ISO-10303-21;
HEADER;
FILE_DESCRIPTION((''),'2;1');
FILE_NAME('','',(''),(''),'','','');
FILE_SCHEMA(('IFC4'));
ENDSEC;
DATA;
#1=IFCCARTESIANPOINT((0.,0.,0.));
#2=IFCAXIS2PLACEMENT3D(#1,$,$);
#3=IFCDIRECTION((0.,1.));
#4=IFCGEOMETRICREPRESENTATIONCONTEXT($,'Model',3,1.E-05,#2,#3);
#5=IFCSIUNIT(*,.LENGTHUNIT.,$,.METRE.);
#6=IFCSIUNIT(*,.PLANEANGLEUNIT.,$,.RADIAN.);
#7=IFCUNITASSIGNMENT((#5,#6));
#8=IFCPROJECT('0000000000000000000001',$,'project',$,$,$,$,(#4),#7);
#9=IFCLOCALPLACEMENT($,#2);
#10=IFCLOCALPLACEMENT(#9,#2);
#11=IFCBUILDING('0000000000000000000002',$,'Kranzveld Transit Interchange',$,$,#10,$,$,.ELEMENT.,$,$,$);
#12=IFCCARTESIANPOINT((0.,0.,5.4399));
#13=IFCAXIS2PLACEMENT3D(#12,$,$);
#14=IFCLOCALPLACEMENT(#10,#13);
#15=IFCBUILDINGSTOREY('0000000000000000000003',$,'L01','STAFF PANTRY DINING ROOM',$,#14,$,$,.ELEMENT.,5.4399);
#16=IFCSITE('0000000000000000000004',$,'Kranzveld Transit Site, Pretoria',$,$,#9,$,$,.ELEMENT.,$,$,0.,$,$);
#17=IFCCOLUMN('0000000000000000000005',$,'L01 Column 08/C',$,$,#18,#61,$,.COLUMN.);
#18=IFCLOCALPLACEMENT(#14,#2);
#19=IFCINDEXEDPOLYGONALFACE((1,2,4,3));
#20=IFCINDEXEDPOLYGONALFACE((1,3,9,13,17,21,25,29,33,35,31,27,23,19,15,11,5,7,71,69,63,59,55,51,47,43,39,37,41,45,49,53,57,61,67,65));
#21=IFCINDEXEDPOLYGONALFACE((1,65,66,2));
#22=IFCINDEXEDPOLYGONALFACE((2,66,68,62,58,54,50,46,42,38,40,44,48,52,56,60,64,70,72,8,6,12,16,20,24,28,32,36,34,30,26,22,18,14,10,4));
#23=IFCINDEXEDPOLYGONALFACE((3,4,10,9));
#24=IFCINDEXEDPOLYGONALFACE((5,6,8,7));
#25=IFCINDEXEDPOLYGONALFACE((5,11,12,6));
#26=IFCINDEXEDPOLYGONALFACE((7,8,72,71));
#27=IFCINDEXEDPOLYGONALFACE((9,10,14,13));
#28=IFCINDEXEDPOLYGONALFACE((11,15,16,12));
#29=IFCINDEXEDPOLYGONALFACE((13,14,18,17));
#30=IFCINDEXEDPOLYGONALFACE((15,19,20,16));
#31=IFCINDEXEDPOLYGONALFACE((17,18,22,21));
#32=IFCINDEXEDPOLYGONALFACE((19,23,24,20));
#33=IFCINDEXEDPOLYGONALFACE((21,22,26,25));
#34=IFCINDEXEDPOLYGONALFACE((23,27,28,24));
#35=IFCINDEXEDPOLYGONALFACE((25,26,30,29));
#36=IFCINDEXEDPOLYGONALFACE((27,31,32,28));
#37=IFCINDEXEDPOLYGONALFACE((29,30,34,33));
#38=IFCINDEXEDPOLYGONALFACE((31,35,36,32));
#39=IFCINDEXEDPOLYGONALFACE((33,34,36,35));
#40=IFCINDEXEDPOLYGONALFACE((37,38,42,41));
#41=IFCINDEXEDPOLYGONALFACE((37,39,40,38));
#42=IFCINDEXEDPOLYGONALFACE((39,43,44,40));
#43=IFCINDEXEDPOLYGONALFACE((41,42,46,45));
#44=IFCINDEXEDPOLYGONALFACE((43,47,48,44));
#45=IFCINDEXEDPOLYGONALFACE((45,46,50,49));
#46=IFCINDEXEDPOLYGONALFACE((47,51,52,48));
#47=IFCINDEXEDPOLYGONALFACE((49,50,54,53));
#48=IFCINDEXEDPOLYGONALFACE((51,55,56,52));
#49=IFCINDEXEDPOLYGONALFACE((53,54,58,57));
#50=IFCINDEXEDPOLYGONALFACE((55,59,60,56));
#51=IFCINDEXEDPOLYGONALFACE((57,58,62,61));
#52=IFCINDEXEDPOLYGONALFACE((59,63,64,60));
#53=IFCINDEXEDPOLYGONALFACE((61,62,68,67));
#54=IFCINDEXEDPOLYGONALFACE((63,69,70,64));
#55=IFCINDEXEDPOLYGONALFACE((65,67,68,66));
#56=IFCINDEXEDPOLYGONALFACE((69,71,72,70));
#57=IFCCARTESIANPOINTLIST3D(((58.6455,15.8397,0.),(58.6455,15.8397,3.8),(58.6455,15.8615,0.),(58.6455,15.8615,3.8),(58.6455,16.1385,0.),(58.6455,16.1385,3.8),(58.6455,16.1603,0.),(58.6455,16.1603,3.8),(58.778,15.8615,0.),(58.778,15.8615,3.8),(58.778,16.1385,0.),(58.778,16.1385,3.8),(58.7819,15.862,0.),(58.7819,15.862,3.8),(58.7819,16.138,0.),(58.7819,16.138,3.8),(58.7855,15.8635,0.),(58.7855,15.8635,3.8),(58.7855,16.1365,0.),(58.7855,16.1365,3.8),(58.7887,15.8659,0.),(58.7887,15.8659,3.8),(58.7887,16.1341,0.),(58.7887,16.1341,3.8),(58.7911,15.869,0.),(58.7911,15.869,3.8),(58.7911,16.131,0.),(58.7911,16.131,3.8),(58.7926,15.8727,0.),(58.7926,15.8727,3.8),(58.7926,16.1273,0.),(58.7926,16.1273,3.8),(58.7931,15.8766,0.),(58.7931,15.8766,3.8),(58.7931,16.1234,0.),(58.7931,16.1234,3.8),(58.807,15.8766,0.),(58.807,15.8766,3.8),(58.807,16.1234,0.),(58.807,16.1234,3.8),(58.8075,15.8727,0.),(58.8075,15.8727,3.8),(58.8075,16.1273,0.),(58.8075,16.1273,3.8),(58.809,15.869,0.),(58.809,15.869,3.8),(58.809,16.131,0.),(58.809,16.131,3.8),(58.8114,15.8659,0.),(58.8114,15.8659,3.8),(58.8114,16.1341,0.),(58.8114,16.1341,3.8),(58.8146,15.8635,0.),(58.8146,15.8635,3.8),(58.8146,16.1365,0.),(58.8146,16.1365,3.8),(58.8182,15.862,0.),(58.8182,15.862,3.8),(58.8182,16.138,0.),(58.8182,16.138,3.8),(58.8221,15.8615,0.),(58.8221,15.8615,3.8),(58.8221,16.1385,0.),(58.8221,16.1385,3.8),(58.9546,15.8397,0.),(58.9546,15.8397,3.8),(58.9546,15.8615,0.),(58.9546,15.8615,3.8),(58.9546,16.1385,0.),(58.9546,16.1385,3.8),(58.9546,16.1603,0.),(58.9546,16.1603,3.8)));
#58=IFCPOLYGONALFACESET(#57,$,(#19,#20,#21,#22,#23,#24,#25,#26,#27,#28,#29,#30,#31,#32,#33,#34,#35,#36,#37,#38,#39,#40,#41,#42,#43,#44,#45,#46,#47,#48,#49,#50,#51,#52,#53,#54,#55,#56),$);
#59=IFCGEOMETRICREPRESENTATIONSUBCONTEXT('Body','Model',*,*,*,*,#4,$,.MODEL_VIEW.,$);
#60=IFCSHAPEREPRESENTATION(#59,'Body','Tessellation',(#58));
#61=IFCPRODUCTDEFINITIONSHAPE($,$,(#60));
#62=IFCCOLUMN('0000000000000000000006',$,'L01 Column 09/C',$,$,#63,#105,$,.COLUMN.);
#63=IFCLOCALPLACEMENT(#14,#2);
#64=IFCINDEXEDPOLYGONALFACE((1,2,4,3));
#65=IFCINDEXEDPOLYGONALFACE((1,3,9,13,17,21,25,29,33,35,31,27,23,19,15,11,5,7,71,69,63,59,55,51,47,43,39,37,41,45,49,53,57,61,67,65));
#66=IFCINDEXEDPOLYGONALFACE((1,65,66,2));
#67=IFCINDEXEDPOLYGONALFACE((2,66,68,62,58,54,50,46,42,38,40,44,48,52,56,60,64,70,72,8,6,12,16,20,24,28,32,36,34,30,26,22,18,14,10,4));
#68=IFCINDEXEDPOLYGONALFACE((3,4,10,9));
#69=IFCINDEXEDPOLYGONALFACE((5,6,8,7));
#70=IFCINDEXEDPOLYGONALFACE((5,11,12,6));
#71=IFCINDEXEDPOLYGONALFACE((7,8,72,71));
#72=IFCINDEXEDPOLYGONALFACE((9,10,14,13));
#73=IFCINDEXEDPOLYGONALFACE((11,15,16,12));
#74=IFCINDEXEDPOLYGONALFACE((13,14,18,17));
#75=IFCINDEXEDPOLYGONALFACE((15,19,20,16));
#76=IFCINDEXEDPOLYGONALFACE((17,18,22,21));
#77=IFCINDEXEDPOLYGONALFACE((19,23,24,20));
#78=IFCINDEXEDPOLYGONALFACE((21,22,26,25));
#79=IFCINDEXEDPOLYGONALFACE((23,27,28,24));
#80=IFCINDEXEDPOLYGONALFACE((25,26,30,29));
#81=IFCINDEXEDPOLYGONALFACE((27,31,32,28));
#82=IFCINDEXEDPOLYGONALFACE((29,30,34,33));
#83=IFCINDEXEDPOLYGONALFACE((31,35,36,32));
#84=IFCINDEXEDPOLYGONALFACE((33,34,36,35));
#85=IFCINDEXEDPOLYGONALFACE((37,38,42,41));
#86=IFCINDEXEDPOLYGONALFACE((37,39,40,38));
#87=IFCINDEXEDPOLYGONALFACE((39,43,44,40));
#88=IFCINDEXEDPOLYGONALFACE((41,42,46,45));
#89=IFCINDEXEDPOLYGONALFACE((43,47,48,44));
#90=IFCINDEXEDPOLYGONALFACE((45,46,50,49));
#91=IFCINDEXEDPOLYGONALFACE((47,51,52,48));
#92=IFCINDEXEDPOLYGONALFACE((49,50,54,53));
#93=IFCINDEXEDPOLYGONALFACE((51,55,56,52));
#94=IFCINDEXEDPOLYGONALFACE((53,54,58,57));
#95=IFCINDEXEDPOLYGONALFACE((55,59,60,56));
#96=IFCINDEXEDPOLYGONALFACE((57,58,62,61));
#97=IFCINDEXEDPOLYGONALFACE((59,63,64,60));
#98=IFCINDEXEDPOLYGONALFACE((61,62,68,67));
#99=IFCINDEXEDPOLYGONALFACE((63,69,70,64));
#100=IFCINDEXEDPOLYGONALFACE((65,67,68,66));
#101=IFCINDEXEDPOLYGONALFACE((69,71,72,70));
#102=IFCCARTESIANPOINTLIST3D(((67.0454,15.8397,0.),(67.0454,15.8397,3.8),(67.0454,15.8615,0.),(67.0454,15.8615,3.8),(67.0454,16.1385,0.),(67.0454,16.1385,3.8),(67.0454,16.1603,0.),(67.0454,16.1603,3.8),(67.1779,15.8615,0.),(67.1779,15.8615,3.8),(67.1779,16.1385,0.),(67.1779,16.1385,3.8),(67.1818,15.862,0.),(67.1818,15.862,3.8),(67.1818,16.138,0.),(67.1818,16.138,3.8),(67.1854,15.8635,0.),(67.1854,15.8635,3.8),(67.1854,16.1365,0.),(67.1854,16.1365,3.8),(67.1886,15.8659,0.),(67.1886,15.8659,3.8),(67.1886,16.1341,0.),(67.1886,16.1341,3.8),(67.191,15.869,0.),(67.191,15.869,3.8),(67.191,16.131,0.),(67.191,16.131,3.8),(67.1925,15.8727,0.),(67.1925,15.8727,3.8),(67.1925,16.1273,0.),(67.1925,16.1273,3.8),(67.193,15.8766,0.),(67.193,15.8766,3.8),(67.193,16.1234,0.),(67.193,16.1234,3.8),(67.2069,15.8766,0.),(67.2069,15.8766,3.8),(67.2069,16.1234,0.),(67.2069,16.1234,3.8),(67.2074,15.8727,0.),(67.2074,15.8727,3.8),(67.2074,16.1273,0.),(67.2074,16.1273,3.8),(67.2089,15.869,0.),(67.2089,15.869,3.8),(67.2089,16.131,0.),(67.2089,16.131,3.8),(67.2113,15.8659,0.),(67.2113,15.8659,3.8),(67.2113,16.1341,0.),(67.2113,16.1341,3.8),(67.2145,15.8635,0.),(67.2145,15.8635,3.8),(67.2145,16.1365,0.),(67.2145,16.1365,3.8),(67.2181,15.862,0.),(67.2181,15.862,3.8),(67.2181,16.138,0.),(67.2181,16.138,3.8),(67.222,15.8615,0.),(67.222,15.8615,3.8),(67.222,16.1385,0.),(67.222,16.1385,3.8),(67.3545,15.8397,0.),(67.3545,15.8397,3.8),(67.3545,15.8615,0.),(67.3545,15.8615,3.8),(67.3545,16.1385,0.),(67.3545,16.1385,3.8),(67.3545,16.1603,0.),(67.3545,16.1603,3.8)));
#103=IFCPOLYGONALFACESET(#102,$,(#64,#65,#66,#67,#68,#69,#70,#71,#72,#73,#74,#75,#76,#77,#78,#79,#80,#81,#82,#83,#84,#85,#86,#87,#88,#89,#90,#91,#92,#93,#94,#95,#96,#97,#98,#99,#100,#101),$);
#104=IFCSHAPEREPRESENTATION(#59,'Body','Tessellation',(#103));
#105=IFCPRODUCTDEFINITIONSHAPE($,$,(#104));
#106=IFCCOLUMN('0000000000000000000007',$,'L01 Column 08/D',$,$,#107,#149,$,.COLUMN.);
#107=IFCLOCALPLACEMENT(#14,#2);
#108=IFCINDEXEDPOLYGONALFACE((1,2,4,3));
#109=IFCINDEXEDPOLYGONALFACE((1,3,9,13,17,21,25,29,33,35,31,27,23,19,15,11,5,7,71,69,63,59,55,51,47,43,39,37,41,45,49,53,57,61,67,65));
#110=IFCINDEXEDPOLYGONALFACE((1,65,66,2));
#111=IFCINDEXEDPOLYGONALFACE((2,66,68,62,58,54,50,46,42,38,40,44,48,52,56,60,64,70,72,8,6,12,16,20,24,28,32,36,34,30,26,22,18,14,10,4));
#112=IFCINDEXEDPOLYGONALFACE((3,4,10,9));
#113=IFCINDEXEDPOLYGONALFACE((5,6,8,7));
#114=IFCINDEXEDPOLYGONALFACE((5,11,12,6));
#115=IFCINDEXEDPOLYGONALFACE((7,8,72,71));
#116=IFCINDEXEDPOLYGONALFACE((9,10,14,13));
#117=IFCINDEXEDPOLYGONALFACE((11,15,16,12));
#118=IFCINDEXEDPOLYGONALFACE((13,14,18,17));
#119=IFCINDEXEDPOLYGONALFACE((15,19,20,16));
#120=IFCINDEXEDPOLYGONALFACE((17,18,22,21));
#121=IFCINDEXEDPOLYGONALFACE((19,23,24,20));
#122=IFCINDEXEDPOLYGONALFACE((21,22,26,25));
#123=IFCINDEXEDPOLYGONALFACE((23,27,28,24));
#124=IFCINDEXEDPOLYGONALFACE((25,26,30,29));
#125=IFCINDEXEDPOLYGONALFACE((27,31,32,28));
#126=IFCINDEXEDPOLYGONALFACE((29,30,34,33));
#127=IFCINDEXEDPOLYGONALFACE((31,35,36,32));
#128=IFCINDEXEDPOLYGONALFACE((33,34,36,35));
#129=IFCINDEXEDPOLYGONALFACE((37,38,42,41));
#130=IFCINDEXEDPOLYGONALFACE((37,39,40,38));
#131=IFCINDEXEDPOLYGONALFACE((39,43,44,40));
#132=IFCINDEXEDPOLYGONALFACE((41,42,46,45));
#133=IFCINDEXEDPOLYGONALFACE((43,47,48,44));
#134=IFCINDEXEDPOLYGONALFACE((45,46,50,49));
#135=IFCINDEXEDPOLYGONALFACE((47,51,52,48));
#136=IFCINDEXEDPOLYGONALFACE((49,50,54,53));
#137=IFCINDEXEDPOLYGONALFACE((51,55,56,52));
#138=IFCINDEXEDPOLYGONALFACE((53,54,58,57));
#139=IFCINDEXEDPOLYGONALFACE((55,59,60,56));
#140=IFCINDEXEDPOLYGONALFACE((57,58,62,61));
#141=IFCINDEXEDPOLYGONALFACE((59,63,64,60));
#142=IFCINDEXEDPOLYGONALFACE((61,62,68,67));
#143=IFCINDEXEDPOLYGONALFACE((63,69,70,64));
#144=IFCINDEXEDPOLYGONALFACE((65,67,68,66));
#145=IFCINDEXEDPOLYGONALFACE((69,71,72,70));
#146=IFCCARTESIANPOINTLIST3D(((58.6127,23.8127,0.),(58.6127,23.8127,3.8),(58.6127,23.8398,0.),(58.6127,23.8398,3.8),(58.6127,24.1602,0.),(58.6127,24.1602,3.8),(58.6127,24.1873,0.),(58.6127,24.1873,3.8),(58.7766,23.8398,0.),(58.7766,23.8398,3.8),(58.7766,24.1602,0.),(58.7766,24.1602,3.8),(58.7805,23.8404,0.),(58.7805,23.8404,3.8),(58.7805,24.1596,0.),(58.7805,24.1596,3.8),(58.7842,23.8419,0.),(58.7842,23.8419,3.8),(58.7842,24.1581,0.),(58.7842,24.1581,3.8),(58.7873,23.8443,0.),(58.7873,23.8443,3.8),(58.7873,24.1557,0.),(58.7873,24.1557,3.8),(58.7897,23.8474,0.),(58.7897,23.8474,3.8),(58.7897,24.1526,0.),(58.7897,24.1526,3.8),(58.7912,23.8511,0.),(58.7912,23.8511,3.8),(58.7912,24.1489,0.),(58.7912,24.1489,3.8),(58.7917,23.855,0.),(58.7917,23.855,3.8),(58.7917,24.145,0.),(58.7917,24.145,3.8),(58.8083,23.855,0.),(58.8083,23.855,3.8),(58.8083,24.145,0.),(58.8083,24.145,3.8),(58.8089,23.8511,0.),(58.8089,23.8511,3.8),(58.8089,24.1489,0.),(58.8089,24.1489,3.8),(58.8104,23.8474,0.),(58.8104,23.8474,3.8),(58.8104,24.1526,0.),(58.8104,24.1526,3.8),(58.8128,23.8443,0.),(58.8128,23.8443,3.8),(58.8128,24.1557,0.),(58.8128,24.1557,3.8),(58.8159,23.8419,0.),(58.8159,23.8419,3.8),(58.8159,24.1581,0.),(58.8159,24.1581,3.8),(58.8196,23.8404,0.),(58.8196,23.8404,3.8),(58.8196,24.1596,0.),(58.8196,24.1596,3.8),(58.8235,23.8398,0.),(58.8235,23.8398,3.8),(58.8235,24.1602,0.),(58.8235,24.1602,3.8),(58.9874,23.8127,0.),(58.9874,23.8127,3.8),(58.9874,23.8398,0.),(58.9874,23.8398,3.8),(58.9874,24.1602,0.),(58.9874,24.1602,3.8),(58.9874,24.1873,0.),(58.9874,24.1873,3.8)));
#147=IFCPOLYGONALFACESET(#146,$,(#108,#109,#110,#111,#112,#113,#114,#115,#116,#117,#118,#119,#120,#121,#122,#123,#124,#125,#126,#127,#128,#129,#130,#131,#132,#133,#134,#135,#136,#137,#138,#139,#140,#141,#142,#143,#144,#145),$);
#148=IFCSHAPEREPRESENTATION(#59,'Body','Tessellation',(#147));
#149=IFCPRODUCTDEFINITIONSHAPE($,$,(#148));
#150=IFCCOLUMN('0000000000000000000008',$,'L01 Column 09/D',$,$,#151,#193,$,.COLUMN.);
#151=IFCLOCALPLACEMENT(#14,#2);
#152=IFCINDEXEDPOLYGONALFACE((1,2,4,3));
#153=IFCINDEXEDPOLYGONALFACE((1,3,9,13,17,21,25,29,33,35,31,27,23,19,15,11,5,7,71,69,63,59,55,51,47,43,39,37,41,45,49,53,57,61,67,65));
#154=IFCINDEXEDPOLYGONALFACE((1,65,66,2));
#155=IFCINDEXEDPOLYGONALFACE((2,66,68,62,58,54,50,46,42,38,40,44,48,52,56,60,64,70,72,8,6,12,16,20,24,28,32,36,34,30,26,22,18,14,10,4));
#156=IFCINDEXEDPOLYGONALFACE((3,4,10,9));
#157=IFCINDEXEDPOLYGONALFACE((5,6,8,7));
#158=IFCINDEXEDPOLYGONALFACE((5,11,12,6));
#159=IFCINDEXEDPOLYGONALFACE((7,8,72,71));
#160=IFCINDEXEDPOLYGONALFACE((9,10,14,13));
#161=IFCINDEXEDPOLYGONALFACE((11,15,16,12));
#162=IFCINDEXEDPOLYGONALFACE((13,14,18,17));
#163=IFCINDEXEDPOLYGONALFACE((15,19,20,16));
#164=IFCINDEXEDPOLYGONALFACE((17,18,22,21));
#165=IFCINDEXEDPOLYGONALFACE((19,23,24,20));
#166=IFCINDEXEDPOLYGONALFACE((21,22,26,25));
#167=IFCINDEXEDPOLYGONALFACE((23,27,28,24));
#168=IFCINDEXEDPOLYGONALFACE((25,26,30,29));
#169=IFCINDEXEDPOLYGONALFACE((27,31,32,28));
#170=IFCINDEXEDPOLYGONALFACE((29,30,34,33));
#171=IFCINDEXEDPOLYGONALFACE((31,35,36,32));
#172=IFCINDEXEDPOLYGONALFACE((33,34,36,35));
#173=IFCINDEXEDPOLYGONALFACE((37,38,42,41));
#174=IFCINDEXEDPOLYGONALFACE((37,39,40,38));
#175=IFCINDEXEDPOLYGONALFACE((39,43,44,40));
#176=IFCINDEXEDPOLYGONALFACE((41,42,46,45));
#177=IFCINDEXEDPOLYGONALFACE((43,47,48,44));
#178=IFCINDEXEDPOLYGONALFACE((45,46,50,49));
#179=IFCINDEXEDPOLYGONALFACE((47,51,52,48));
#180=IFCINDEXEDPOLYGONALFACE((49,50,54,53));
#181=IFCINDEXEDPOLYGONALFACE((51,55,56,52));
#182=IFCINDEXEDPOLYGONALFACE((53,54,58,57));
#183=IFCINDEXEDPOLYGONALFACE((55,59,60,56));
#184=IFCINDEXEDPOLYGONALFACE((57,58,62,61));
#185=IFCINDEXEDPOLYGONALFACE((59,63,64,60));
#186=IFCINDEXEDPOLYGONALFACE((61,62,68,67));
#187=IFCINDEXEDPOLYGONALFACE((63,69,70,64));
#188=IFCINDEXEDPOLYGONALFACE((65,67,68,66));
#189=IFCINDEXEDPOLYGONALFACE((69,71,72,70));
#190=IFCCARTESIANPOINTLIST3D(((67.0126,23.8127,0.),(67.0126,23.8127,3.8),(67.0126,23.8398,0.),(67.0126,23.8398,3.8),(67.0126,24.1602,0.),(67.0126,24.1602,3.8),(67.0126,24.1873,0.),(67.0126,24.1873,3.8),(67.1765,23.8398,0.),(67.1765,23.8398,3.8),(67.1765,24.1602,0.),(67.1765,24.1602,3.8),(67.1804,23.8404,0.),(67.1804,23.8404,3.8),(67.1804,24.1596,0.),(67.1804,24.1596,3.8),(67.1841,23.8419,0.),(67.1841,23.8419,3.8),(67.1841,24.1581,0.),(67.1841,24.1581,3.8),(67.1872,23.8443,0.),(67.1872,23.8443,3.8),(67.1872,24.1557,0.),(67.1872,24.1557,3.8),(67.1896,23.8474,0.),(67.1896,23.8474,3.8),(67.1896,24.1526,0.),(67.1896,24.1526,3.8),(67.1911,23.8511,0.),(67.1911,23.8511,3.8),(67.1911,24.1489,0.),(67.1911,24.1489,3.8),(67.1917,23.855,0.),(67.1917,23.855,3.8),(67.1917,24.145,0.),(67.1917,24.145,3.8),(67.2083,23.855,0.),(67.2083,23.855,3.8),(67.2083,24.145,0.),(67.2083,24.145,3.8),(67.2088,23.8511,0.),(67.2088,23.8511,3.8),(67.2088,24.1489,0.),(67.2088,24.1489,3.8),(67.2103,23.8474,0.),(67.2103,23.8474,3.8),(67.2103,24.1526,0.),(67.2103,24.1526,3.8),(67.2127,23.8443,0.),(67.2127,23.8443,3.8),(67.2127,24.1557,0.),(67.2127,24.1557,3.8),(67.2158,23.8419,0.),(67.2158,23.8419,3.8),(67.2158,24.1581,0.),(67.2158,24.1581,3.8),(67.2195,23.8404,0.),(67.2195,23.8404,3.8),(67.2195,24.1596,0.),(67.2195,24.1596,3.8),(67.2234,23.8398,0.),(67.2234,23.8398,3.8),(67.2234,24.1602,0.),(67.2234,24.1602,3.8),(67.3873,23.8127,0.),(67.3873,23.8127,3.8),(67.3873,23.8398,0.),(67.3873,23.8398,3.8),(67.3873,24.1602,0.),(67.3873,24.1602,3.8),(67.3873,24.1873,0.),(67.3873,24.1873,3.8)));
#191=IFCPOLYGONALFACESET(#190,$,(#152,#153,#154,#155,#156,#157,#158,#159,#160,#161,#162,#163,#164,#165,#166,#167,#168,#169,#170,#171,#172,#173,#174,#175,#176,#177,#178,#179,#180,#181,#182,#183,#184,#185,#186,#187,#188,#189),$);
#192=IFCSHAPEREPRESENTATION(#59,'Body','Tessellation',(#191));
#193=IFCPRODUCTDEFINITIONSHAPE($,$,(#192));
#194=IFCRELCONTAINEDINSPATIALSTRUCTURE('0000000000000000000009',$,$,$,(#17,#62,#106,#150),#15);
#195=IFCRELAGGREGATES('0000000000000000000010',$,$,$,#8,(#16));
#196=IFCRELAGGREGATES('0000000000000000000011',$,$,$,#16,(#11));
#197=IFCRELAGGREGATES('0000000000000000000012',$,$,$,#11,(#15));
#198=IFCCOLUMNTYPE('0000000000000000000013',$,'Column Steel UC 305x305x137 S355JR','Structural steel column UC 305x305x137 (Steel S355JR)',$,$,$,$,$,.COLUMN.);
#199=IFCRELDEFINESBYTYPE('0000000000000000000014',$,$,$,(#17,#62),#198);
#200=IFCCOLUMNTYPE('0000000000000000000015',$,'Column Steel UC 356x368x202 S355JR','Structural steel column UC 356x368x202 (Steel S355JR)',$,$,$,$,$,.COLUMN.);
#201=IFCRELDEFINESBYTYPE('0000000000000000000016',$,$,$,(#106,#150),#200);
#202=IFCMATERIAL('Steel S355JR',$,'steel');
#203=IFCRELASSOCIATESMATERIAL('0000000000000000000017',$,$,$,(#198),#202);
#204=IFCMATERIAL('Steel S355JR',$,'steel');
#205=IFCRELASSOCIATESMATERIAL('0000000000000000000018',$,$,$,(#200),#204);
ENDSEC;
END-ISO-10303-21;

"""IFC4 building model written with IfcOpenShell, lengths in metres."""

from ifc_helpers import new_model, si_unit, direction, frame, origin, origin_2d, place, context, subcontext, project, spatial, i_section, extrude, material, material_profile, profile_set, type_object, element, save


model = new_model("IFC4")

# Units and contexts
model_context = context("Model", 3, precision=1e-05, world=origin(), true_north=direction((0.0, 1.0)))
body_context = subcontext(model_context, "Body", "Model", "MODEL_VIEW")
ifc_project = project(units=[si_unit("LENGTHUNIT", "METRE"), si_unit("PLANEANGLEUNIT", "RADIAN")], contexts=[model_context])

# Site, building, storey
site_placement = place(None, origin())
site = spatial("IfcSite", under=ifc_project, at=site_placement, Name="Kranzveld Transit Site, Pretoria", CompositionType="ELEMENT", RefElevation=0.0)
building_placement = place(site_placement, origin())
building = spatial("IfcBuilding", under=site, at=building_placement, Name="Kranzveld Transit Interchange", CompositionType="ELEMENT")
storey_placement = place(building_placement, frame((0.0, 0.0, 5.4399)))
storey = spatial("IfcBuildingStorey", under=building, at=storey_placement, Name="L01", Description="STAFF PANTRY DINING ROOM", CompositionType="ELEMENT", Elevation=5.4399)

# Columns
ifc_material_1 = material(Name="Steel S355JR", Category="steel")
ifc_material_profile_1 = material_profile(ifc_material_1, i_section(OverallWidth=0.3091, OverallDepth=0.3206, WebThickness=0.0139, FlangeThickness=0.0217, FilletRadius=0.0151, at=origin_2d()), Name="UC 305x305x137")
ifc_profile_set_1 = profile_set([ifc_material_profile_1], Name="Steel S355JR")
column_type_1 = type_object("IfcColumnType", Name="Column Steel UC 305x305x137 S355JR", Description="Structural steel column UC 305x305x137 (Steel S355JR)", PredefinedType="COLUMN", material=ifc_profile_set_1)
for number, where, z_axis, x_axis, name in (
    (1, (58.8, 16.0, 0.0), (0.0, 0.0, 1.0), (1.0, 0.0, 0.0), "L01 Column 08/C"),
    (2, (67.2, 16.0, 0.0), (0.0, 0.0, 1.0), (1.0, 0.0, 0.0), "L01 Column 09/C"),
):
    element("IfcColumn", number, at=place(storey_placement, frame(where, z_axis=z_axis, x_axis=x_axis)), inside=storey, type_object=column_type_1, Name=name, PredefinedType="COLUMN", context=body_context, shape_type="SweptSolid", body=[
        extrude(i_section(OverallWidth=0.3091, OverallDepth=0.3206, WebThickness=0.0139, FlangeThickness=0.0217, FilletRadius=0.0151, at=origin_2d()), origin(), (0.0, 0.0, 1.0), 3.8),
    ])
ifc_material_2 = material(Name="Steel S355JR", Category="steel")
ifc_material_profile_2 = material_profile(ifc_material_2, i_section(OverallWidth=0.3748, OverallDepth=0.3745, WebThickness=0.0166, FlangeThickness=0.0271, FilletRadius=0.0151, at=origin_2d()), Name="UC 356x368x202")
ifc_profile_set_2 = profile_set([ifc_material_profile_2], Name="Steel S355JR")
column_type_2 = type_object("IfcColumnType", Name="Column Steel UC 356x368x202 S355JR", Description="Structural steel column UC 356x368x202 (Steel S355JR)", PredefinedType="COLUMN", material=ifc_profile_set_2)
for number, where, z_axis, x_axis, name in (
    (3, (58.8, 24.0, 0.0), (0.0, 0.0, 1.0), (1.0, 0.0, 0.0), "L01 Column 08/D"),
    (4, (67.2, 24.0, 0.0), (0.0, 0.0, 1.0), (1.0, 0.0, 0.0), "L01 Column 09/D"),
):
    element("IfcColumn", number, at=place(storey_placement, frame(where, z_axis=z_axis, x_axis=x_axis)), inside=storey, type_object=column_type_2, Name=name, PredefinedType="COLUMN", context=body_context, shape_type="SweptSolid", body=[
        extrude(i_section(OverallWidth=0.3748, OverallDepth=0.3745, WebThickness=0.0166, FlangeThickness=0.0271, FilletRadius=0.0151, at=origin_2d()), origin(), (0.0, 0.0, 1.0), 3.8),
    ])

save(model, "model.ifc")
